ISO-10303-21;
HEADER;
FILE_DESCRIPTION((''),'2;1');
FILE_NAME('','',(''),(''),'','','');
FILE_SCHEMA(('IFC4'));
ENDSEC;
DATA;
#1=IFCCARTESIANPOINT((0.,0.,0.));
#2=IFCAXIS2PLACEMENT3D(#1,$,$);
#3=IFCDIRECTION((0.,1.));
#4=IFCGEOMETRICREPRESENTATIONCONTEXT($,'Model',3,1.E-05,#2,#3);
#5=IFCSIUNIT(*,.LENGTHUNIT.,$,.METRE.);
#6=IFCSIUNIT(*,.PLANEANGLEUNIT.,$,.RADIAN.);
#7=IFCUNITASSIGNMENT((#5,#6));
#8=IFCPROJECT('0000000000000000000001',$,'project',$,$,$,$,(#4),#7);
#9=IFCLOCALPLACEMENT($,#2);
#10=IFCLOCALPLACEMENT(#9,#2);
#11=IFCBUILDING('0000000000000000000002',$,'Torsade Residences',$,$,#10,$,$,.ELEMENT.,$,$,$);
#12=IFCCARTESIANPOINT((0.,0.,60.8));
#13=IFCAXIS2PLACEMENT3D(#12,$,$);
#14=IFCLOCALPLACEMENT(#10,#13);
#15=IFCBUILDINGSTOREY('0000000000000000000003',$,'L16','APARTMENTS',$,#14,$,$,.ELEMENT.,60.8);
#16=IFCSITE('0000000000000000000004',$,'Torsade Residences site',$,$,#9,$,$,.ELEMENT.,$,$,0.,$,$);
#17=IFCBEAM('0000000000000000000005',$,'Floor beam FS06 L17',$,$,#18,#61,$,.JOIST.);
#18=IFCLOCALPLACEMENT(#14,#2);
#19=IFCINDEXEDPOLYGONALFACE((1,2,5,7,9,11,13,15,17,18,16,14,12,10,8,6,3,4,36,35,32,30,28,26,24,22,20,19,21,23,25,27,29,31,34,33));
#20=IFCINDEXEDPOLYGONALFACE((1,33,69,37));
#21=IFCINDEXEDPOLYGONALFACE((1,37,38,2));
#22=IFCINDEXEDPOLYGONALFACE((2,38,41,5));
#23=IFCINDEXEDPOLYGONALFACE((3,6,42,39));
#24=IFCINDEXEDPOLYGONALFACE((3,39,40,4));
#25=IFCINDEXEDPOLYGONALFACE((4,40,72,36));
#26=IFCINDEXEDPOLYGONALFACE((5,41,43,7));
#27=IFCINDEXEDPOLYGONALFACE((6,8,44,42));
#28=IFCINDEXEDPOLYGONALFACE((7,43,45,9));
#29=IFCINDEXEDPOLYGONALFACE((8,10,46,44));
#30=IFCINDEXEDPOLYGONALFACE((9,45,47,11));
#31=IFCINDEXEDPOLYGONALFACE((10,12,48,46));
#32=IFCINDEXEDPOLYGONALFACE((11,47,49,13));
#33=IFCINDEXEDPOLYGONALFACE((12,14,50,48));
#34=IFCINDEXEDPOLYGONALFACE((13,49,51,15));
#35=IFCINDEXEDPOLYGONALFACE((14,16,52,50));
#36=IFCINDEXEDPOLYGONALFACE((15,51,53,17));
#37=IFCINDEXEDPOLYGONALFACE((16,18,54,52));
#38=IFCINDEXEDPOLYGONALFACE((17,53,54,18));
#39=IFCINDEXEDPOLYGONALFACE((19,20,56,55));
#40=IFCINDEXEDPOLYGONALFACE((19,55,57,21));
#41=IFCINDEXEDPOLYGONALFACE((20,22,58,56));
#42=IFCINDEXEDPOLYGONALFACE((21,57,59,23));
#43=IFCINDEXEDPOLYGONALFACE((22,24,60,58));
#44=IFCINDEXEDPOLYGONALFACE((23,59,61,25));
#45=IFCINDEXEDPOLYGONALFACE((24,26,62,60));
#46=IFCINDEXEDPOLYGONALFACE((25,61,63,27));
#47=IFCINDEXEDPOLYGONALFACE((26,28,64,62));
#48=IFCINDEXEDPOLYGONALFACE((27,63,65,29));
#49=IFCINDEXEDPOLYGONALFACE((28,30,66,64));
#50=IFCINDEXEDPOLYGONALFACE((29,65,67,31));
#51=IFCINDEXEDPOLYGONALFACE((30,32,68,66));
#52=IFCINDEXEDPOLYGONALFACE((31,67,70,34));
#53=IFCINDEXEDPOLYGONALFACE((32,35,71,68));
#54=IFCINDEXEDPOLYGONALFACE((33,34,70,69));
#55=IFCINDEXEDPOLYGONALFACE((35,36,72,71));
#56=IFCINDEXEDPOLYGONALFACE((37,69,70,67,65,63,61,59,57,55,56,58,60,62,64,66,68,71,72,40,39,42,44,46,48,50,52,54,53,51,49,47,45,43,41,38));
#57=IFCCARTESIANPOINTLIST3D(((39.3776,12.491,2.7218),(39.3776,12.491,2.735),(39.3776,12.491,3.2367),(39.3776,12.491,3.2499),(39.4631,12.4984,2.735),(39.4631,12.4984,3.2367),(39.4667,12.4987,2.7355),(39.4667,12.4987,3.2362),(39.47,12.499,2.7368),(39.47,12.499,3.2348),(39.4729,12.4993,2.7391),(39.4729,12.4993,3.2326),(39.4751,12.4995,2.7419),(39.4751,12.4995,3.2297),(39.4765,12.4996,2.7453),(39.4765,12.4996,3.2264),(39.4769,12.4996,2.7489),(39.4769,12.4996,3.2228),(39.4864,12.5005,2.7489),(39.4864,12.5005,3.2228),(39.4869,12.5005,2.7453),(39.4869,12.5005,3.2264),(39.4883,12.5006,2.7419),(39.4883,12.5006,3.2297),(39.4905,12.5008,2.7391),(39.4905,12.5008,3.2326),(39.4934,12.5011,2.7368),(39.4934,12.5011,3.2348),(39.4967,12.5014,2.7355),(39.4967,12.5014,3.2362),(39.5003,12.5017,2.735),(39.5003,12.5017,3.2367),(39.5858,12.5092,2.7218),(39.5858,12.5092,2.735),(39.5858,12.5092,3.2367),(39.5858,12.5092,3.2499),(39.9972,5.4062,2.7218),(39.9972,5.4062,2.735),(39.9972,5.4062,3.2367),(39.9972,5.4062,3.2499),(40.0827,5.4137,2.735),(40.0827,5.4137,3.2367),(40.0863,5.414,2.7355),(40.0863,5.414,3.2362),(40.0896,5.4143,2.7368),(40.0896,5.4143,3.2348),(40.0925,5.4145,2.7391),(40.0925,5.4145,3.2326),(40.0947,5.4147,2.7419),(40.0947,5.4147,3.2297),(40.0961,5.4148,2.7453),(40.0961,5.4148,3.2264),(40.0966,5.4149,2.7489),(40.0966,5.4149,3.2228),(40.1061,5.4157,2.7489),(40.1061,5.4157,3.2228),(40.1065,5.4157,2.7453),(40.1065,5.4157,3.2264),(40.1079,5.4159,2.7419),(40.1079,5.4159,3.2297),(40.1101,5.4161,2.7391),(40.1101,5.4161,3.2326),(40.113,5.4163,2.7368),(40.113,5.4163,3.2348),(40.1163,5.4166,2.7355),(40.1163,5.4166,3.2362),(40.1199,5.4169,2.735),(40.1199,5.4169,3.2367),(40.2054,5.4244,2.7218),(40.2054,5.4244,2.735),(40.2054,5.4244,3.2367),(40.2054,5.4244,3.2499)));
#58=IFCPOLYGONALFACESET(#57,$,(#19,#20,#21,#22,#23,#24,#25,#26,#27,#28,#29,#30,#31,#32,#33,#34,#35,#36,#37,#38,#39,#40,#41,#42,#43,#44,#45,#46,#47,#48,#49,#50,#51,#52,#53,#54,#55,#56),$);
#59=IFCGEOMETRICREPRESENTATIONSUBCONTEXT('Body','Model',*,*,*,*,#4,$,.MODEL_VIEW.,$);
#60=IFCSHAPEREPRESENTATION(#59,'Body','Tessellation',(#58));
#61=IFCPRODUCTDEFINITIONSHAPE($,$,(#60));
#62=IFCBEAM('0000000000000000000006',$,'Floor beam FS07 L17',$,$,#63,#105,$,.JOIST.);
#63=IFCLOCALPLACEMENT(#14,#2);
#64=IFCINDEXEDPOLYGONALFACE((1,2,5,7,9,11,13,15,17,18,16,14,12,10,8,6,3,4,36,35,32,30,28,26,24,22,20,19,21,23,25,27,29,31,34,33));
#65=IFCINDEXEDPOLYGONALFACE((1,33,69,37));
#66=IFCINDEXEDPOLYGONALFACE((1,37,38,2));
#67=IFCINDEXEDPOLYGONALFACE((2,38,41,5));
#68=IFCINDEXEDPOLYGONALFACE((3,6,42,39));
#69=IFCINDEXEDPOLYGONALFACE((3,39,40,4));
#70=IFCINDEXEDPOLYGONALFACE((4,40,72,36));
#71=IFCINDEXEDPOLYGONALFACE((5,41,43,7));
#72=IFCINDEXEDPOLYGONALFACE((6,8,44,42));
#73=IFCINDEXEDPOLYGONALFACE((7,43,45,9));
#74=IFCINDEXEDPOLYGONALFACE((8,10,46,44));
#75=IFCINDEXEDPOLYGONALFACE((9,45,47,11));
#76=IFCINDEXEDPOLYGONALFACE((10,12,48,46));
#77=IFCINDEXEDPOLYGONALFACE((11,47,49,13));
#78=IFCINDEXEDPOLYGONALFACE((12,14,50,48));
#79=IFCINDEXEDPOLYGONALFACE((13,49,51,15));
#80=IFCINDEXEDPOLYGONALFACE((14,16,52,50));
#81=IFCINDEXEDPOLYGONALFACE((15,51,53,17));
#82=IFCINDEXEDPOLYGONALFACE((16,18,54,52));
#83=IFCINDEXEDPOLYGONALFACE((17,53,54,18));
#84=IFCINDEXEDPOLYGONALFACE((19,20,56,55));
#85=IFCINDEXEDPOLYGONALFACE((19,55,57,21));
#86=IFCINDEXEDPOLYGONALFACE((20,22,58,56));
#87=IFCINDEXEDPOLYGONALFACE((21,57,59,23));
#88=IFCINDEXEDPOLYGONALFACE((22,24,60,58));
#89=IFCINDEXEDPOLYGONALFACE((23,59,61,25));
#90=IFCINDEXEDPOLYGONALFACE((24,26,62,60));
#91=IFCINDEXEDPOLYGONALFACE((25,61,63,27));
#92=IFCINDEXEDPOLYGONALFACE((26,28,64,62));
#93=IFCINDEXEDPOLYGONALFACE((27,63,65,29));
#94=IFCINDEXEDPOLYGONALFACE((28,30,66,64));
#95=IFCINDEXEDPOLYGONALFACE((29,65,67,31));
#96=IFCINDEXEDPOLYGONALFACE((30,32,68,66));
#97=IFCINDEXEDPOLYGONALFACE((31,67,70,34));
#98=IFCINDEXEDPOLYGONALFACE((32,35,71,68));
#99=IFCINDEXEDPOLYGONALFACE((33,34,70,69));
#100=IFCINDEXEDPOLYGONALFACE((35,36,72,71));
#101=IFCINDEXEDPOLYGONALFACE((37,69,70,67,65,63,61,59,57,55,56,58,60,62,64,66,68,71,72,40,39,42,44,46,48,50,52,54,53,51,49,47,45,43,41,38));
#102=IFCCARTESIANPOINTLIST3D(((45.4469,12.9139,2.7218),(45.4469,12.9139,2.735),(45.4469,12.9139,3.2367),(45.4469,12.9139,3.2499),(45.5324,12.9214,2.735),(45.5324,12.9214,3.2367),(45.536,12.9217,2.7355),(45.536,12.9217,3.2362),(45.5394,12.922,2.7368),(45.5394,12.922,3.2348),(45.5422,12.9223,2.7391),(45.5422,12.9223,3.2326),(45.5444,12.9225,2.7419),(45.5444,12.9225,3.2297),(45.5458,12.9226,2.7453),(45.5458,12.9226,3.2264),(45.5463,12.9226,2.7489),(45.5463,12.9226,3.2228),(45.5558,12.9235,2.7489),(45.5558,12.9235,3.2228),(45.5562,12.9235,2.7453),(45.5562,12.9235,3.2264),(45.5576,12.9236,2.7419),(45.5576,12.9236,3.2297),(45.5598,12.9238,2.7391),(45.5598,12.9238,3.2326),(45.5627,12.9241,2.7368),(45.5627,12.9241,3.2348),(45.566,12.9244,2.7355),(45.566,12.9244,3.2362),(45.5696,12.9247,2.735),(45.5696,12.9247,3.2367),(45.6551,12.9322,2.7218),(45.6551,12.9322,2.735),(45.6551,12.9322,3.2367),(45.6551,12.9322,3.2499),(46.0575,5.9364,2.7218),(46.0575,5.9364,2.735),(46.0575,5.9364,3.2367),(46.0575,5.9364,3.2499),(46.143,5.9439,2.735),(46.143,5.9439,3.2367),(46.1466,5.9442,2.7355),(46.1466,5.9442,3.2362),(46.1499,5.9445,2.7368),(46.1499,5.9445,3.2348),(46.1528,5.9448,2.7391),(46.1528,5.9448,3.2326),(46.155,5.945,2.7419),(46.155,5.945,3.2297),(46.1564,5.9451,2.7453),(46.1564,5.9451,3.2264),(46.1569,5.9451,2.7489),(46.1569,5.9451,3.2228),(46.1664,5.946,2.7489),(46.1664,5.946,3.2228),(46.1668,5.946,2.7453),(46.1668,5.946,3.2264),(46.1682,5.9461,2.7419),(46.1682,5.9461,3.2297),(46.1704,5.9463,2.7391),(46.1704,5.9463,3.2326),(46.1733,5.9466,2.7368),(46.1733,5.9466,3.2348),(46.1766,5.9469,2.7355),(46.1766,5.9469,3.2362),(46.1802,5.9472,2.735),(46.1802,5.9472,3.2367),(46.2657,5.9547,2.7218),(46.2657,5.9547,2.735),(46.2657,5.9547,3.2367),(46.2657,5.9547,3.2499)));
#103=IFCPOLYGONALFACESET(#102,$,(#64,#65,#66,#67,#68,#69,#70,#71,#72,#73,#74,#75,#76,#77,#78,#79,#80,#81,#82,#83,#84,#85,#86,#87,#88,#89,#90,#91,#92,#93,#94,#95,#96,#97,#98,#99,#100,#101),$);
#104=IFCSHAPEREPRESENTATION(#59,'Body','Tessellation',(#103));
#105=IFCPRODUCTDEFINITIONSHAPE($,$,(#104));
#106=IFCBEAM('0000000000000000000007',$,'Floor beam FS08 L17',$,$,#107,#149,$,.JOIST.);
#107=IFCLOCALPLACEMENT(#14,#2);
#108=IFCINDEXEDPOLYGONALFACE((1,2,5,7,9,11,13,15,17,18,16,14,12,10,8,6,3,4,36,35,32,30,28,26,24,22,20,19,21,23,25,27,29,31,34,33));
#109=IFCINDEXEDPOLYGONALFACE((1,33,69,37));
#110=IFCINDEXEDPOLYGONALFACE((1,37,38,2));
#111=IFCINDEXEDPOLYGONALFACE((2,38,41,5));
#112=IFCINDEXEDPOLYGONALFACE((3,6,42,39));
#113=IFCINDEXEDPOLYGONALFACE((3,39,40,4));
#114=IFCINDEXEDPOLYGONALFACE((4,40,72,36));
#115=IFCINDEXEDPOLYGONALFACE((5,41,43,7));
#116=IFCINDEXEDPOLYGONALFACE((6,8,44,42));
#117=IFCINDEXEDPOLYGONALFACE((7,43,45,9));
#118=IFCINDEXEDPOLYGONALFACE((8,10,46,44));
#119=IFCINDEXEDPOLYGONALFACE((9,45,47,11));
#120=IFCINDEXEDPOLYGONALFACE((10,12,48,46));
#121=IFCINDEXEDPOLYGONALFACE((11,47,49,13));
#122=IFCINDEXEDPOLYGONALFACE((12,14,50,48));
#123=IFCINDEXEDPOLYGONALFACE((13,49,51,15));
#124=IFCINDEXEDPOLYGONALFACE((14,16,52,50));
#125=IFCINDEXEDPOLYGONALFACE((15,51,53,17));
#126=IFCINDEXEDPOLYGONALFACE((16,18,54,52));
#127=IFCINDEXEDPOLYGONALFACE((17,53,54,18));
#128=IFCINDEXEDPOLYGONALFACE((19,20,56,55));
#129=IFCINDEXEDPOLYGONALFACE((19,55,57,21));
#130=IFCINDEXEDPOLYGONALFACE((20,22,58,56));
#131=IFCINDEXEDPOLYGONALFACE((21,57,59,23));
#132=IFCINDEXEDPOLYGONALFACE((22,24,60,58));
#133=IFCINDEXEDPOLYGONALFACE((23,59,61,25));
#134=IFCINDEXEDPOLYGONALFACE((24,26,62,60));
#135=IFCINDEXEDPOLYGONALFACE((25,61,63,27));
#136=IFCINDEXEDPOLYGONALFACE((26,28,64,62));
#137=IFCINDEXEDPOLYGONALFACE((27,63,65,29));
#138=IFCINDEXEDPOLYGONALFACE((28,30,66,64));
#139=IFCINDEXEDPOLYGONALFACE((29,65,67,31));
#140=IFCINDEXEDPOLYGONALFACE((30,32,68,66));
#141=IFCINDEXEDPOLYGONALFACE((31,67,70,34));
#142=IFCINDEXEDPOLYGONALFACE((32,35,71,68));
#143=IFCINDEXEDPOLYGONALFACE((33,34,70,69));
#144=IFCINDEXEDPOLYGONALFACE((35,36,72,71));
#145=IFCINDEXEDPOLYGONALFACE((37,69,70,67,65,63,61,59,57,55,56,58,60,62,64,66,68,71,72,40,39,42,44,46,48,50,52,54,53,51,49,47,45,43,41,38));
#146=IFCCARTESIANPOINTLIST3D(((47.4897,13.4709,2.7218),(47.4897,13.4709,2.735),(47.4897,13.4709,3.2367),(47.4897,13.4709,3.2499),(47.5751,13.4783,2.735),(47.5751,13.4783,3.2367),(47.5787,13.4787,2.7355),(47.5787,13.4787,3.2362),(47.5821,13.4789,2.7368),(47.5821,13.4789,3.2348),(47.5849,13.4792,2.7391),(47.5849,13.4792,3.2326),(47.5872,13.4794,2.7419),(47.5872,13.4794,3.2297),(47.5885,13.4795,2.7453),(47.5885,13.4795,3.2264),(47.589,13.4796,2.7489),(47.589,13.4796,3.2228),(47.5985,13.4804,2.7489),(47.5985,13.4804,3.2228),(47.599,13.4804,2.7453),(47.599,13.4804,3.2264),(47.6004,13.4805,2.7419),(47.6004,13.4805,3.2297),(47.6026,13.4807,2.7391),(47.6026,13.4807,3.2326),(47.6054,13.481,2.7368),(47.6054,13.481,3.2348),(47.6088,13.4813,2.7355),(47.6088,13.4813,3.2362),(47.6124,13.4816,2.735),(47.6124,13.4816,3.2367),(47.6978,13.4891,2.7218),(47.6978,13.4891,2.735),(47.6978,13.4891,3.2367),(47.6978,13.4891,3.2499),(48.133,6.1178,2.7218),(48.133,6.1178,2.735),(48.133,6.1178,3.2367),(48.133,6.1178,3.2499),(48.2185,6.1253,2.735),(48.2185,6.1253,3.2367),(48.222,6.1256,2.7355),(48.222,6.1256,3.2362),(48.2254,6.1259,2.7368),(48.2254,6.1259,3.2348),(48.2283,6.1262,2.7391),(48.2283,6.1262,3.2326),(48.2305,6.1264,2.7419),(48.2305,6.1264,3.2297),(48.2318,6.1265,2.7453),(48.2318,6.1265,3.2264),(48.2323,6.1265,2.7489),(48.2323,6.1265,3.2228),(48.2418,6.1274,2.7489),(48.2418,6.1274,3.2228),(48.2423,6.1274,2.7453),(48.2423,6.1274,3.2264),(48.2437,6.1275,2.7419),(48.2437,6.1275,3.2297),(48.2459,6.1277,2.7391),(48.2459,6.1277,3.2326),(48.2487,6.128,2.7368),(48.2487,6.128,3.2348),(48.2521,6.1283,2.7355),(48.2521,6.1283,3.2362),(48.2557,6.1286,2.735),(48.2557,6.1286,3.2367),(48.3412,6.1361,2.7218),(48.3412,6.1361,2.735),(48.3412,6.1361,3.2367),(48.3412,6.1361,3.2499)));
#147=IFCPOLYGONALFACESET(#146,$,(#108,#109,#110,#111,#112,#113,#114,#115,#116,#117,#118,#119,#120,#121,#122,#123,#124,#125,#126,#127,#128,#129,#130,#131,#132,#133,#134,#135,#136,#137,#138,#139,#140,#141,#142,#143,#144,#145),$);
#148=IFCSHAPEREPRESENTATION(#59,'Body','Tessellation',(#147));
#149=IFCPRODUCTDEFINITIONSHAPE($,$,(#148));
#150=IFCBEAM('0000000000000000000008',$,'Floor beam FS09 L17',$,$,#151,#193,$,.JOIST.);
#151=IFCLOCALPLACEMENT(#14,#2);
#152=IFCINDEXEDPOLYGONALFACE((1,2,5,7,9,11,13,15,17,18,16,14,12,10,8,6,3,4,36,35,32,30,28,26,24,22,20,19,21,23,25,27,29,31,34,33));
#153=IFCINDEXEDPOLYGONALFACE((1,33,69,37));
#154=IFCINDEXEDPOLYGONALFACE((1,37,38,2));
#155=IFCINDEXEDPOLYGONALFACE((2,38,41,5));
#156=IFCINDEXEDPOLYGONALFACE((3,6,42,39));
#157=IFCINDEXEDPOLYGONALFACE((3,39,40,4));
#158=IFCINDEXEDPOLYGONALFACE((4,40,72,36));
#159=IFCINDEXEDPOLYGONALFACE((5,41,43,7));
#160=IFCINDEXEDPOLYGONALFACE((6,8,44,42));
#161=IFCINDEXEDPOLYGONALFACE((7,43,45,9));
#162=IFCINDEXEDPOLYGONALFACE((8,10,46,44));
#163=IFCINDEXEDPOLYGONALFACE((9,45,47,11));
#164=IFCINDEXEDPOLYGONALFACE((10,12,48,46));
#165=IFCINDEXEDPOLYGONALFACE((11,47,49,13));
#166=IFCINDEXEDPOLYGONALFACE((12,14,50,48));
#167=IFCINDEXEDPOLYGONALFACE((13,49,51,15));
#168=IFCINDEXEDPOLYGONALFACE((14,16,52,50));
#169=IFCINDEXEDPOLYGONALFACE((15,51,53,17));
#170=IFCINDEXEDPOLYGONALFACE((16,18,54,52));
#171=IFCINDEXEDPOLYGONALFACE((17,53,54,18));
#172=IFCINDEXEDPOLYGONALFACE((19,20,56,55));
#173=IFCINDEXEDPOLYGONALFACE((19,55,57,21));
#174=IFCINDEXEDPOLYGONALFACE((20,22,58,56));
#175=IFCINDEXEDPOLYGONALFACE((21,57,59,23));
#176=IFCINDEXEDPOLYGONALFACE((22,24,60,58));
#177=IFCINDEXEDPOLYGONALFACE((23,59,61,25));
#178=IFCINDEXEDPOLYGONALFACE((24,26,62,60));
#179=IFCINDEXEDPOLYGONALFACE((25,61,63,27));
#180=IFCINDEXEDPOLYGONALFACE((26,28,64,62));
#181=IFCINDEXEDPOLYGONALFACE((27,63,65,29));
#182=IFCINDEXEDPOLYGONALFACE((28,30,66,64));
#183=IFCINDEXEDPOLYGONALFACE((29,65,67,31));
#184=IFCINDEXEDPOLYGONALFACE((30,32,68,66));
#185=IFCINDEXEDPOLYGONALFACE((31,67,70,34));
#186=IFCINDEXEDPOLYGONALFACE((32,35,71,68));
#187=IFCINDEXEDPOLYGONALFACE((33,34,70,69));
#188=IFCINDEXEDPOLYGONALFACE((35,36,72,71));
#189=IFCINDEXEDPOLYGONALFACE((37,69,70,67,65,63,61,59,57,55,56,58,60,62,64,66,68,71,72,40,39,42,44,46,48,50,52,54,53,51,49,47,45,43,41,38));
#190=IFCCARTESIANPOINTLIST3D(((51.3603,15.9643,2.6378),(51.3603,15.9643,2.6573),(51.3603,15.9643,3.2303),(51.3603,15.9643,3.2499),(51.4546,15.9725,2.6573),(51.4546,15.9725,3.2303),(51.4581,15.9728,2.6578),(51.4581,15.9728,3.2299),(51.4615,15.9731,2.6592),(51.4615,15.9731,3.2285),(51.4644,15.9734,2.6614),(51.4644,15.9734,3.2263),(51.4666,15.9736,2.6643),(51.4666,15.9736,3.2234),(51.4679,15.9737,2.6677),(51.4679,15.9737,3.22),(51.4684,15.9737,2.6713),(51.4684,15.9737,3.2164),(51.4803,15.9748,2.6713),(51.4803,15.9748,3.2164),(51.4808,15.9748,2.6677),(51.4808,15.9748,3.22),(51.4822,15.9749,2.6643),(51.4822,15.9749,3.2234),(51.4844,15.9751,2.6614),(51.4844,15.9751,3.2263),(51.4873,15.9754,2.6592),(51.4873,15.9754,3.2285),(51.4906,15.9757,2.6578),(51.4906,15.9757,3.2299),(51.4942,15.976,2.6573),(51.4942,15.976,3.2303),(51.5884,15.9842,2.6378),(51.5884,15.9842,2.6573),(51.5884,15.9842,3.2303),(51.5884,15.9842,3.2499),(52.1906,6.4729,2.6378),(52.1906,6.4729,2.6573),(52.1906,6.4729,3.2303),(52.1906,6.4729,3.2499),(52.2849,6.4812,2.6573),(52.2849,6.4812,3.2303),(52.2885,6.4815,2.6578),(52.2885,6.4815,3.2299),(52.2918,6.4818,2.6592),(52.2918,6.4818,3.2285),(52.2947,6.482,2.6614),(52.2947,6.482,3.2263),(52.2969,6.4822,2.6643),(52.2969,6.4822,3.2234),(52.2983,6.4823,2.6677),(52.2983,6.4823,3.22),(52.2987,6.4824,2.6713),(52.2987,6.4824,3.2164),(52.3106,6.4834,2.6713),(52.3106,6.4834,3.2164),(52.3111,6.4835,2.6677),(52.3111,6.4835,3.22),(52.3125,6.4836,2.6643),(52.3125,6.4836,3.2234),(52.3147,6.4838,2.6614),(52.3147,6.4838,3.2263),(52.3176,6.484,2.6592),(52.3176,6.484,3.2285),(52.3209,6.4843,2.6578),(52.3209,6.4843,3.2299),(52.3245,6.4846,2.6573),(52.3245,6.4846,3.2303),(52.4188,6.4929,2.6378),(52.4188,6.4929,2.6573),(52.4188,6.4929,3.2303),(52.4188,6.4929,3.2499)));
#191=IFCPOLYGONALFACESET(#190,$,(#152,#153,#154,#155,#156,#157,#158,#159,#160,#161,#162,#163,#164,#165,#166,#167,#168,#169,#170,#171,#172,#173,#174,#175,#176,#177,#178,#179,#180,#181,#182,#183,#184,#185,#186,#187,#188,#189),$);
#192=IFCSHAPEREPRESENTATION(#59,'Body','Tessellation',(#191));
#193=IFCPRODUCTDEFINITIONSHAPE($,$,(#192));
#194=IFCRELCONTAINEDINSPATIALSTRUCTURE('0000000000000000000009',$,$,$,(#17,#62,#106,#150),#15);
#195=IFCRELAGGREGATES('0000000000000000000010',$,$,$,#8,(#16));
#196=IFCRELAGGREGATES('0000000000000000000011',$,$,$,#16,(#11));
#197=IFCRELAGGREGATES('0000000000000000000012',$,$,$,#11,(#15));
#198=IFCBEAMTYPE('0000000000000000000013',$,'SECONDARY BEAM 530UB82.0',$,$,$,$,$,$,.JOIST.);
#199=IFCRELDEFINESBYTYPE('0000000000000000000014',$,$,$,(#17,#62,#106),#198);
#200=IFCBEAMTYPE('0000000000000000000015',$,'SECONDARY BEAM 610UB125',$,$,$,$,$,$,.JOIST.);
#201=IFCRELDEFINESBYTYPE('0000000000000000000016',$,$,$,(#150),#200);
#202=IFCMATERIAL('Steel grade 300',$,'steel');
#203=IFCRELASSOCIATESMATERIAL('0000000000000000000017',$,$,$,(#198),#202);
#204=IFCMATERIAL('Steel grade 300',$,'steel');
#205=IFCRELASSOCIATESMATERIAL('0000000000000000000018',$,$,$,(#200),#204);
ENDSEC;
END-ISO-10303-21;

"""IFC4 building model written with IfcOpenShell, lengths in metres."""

from ifc_helpers import new_model, si_unit, direction, frame, origin, origin_2d, place, context, subcontext, project, spatial, i_section, extrude, material, material_profile, profile_set, type_object, element, save


model = new_model("IFC4")

# Units and contexts
model_context = context("Model", 3, precision=1e-05, world=origin(), true_north=direction((0.0, 1.0)))
body_context = subcontext(model_context, "Body", "Model", "MODEL_VIEW")
ifc_project = project(units=[si_unit("LENGTHUNIT", "METRE"), si_unit("PLANEANGLEUNIT", "RADIAN")], contexts=[model_context])

# Site, building, storey
site_placement = place(None, origin())
site = spatial("IfcSite", under=ifc_project, at=site_placement, Name="Torsade Residences site", CompositionType="ELEMENT", RefElevation=0.0)
building_placement = place(site_placement, origin())
building = spatial("IfcBuilding", under=site, at=building_placement, Name="Torsade Residences", CompositionType="ELEMENT")
storey_placement = place(building_placement, frame((0.0, 0.0, 60.8)))
storey = spatial("IfcBuildingStorey", under=building, at=storey_placement, Name="L16", Description="APARTMENTS", CompositionType="ELEMENT", Elevation=60.8)

# Beams
ifc_material_1 = material(Name="Steel grade 300", Category="steel")
ifc_material_profile_1 = material_profile(ifc_material_1, i_section(OverallWidth=0.209, OverallDepth=0.5281, WebThickness=0.0095, FlangeThickness=0.0132, FilletRadius=0.0139, at=origin_2d()), Name="530UB82.0")
ifc_profile_set_1 = profile_set([ifc_material_profile_1], Name="Steel grade 300")
beam_type_1 = type_object("IfcBeamType", Name="SECONDARY BEAM 530UB82.0", PredefinedType="JOIST", material=ifc_profile_set_1)
beam_1_placement = place(storey_placement, frame((40.1013, 5.4153, 2.9858), z_axis=(-0.087127, 0.996197, 0.0), x_axis=(-0.996197, -0.087127, 0.0)))
element("IfcBeam", 1, at=beam_1_placement, inside=storey, type_object=beam_type_1, Name="Floor beam FS06 L17", PredefinedType="JOIST", context=body_context, shape_type="SweptSolid", body=[
    extrude(i_section(OverallWidth=0.209, OverallDepth=0.5281, WebThickness=0.0095, FlangeThickness=0.0132, FilletRadius=0.0139, at=origin_2d()), origin(), (0.0, 0.0, 1.0), 7.1118),
])
beam_2_placement = place(storey_placement, frame((46.1616, 5.9456, 2.9858), z_axis=(-0.087176, 0.996193, 0.0), x_axis=(-0.996193, -0.087176, 0.0)))
element("IfcBeam", 2, at=beam_2_placement, inside=storey, type_object=beam_type_1, Name="Floor beam FS07 L17", PredefinedType="JOIST", context=body_context, shape_type="SweptSolid", body=[
    extrude(i_section(OverallWidth=0.209, OverallDepth=0.5281, WebThickness=0.0095, FlangeThickness=0.0132, FilletRadius=0.0139, at=origin_2d()), origin(), (0.0, 0.0, 1.0), 7.0042),
])
beam_3_placement = place(storey_placement, frame((48.2371, 6.127, 2.9858), z_axis=(-0.087156, 0.996195, 0.0), x_axis=(-0.996195, -0.087156, 0.0)))
element("IfcBeam", 3, at=beam_3_placement, inside=storey, type_object=beam_type_1, Name="Floor beam FS08 L17", PredefinedType="JOIST", context=body_context, shape_type="SweptSolid", body=[
    extrude(i_section(OverallWidth=0.209, OverallDepth=0.5281, WebThickness=0.0095, FlangeThickness=0.0132, FilletRadius=0.0139, at=origin_2d()), origin(), (0.0, 0.0, 1.0), 7.3811),
])
ifc_material_2 = material(Name="Steel grade 300", Category="steel")
ifc_material_profile_2 = material_profile(ifc_material_2, i_section(OverallWidth=0.229, OverallDepth=0.6121, WebThickness=0.012, FlangeThickness=0.0195, FilletRadius=0.0139, at=origin_2d()), Name="610UB125")
ifc_profile_set_2 = profile_set([ifc_material_profile_2], Name="Steel grade 300")
beam_type_2 = type_object("IfcBeamType", Name="SECONDARY BEAM 610UB125", PredefinedType="JOIST", material=ifc_profile_set_2)
beam_4_placement = place(storey_placement, frame((52.3047, 6.4829, 2.9438), z_axis=(-0.087148, 0.996195, 0.0), x_axis=(-0.996195, -0.087148, 0.0)))
element("IfcBeam", 4, at=beam_4_placement, inside=storey, type_object=beam_type_2, Name="Floor beam FS09 L17", PredefinedType="JOIST", context=body_context, shape_type="SweptSolid", body=[
    extrude(i_section(OverallWidth=0.229, OverallDepth=0.6121, WebThickness=0.012, FlangeThickness=0.0195, FilletRadius=0.0139, at=origin_2d()), origin(), (0.0, 0.0, 1.0), 9.5276),
])

save(model, "model.ifc")
